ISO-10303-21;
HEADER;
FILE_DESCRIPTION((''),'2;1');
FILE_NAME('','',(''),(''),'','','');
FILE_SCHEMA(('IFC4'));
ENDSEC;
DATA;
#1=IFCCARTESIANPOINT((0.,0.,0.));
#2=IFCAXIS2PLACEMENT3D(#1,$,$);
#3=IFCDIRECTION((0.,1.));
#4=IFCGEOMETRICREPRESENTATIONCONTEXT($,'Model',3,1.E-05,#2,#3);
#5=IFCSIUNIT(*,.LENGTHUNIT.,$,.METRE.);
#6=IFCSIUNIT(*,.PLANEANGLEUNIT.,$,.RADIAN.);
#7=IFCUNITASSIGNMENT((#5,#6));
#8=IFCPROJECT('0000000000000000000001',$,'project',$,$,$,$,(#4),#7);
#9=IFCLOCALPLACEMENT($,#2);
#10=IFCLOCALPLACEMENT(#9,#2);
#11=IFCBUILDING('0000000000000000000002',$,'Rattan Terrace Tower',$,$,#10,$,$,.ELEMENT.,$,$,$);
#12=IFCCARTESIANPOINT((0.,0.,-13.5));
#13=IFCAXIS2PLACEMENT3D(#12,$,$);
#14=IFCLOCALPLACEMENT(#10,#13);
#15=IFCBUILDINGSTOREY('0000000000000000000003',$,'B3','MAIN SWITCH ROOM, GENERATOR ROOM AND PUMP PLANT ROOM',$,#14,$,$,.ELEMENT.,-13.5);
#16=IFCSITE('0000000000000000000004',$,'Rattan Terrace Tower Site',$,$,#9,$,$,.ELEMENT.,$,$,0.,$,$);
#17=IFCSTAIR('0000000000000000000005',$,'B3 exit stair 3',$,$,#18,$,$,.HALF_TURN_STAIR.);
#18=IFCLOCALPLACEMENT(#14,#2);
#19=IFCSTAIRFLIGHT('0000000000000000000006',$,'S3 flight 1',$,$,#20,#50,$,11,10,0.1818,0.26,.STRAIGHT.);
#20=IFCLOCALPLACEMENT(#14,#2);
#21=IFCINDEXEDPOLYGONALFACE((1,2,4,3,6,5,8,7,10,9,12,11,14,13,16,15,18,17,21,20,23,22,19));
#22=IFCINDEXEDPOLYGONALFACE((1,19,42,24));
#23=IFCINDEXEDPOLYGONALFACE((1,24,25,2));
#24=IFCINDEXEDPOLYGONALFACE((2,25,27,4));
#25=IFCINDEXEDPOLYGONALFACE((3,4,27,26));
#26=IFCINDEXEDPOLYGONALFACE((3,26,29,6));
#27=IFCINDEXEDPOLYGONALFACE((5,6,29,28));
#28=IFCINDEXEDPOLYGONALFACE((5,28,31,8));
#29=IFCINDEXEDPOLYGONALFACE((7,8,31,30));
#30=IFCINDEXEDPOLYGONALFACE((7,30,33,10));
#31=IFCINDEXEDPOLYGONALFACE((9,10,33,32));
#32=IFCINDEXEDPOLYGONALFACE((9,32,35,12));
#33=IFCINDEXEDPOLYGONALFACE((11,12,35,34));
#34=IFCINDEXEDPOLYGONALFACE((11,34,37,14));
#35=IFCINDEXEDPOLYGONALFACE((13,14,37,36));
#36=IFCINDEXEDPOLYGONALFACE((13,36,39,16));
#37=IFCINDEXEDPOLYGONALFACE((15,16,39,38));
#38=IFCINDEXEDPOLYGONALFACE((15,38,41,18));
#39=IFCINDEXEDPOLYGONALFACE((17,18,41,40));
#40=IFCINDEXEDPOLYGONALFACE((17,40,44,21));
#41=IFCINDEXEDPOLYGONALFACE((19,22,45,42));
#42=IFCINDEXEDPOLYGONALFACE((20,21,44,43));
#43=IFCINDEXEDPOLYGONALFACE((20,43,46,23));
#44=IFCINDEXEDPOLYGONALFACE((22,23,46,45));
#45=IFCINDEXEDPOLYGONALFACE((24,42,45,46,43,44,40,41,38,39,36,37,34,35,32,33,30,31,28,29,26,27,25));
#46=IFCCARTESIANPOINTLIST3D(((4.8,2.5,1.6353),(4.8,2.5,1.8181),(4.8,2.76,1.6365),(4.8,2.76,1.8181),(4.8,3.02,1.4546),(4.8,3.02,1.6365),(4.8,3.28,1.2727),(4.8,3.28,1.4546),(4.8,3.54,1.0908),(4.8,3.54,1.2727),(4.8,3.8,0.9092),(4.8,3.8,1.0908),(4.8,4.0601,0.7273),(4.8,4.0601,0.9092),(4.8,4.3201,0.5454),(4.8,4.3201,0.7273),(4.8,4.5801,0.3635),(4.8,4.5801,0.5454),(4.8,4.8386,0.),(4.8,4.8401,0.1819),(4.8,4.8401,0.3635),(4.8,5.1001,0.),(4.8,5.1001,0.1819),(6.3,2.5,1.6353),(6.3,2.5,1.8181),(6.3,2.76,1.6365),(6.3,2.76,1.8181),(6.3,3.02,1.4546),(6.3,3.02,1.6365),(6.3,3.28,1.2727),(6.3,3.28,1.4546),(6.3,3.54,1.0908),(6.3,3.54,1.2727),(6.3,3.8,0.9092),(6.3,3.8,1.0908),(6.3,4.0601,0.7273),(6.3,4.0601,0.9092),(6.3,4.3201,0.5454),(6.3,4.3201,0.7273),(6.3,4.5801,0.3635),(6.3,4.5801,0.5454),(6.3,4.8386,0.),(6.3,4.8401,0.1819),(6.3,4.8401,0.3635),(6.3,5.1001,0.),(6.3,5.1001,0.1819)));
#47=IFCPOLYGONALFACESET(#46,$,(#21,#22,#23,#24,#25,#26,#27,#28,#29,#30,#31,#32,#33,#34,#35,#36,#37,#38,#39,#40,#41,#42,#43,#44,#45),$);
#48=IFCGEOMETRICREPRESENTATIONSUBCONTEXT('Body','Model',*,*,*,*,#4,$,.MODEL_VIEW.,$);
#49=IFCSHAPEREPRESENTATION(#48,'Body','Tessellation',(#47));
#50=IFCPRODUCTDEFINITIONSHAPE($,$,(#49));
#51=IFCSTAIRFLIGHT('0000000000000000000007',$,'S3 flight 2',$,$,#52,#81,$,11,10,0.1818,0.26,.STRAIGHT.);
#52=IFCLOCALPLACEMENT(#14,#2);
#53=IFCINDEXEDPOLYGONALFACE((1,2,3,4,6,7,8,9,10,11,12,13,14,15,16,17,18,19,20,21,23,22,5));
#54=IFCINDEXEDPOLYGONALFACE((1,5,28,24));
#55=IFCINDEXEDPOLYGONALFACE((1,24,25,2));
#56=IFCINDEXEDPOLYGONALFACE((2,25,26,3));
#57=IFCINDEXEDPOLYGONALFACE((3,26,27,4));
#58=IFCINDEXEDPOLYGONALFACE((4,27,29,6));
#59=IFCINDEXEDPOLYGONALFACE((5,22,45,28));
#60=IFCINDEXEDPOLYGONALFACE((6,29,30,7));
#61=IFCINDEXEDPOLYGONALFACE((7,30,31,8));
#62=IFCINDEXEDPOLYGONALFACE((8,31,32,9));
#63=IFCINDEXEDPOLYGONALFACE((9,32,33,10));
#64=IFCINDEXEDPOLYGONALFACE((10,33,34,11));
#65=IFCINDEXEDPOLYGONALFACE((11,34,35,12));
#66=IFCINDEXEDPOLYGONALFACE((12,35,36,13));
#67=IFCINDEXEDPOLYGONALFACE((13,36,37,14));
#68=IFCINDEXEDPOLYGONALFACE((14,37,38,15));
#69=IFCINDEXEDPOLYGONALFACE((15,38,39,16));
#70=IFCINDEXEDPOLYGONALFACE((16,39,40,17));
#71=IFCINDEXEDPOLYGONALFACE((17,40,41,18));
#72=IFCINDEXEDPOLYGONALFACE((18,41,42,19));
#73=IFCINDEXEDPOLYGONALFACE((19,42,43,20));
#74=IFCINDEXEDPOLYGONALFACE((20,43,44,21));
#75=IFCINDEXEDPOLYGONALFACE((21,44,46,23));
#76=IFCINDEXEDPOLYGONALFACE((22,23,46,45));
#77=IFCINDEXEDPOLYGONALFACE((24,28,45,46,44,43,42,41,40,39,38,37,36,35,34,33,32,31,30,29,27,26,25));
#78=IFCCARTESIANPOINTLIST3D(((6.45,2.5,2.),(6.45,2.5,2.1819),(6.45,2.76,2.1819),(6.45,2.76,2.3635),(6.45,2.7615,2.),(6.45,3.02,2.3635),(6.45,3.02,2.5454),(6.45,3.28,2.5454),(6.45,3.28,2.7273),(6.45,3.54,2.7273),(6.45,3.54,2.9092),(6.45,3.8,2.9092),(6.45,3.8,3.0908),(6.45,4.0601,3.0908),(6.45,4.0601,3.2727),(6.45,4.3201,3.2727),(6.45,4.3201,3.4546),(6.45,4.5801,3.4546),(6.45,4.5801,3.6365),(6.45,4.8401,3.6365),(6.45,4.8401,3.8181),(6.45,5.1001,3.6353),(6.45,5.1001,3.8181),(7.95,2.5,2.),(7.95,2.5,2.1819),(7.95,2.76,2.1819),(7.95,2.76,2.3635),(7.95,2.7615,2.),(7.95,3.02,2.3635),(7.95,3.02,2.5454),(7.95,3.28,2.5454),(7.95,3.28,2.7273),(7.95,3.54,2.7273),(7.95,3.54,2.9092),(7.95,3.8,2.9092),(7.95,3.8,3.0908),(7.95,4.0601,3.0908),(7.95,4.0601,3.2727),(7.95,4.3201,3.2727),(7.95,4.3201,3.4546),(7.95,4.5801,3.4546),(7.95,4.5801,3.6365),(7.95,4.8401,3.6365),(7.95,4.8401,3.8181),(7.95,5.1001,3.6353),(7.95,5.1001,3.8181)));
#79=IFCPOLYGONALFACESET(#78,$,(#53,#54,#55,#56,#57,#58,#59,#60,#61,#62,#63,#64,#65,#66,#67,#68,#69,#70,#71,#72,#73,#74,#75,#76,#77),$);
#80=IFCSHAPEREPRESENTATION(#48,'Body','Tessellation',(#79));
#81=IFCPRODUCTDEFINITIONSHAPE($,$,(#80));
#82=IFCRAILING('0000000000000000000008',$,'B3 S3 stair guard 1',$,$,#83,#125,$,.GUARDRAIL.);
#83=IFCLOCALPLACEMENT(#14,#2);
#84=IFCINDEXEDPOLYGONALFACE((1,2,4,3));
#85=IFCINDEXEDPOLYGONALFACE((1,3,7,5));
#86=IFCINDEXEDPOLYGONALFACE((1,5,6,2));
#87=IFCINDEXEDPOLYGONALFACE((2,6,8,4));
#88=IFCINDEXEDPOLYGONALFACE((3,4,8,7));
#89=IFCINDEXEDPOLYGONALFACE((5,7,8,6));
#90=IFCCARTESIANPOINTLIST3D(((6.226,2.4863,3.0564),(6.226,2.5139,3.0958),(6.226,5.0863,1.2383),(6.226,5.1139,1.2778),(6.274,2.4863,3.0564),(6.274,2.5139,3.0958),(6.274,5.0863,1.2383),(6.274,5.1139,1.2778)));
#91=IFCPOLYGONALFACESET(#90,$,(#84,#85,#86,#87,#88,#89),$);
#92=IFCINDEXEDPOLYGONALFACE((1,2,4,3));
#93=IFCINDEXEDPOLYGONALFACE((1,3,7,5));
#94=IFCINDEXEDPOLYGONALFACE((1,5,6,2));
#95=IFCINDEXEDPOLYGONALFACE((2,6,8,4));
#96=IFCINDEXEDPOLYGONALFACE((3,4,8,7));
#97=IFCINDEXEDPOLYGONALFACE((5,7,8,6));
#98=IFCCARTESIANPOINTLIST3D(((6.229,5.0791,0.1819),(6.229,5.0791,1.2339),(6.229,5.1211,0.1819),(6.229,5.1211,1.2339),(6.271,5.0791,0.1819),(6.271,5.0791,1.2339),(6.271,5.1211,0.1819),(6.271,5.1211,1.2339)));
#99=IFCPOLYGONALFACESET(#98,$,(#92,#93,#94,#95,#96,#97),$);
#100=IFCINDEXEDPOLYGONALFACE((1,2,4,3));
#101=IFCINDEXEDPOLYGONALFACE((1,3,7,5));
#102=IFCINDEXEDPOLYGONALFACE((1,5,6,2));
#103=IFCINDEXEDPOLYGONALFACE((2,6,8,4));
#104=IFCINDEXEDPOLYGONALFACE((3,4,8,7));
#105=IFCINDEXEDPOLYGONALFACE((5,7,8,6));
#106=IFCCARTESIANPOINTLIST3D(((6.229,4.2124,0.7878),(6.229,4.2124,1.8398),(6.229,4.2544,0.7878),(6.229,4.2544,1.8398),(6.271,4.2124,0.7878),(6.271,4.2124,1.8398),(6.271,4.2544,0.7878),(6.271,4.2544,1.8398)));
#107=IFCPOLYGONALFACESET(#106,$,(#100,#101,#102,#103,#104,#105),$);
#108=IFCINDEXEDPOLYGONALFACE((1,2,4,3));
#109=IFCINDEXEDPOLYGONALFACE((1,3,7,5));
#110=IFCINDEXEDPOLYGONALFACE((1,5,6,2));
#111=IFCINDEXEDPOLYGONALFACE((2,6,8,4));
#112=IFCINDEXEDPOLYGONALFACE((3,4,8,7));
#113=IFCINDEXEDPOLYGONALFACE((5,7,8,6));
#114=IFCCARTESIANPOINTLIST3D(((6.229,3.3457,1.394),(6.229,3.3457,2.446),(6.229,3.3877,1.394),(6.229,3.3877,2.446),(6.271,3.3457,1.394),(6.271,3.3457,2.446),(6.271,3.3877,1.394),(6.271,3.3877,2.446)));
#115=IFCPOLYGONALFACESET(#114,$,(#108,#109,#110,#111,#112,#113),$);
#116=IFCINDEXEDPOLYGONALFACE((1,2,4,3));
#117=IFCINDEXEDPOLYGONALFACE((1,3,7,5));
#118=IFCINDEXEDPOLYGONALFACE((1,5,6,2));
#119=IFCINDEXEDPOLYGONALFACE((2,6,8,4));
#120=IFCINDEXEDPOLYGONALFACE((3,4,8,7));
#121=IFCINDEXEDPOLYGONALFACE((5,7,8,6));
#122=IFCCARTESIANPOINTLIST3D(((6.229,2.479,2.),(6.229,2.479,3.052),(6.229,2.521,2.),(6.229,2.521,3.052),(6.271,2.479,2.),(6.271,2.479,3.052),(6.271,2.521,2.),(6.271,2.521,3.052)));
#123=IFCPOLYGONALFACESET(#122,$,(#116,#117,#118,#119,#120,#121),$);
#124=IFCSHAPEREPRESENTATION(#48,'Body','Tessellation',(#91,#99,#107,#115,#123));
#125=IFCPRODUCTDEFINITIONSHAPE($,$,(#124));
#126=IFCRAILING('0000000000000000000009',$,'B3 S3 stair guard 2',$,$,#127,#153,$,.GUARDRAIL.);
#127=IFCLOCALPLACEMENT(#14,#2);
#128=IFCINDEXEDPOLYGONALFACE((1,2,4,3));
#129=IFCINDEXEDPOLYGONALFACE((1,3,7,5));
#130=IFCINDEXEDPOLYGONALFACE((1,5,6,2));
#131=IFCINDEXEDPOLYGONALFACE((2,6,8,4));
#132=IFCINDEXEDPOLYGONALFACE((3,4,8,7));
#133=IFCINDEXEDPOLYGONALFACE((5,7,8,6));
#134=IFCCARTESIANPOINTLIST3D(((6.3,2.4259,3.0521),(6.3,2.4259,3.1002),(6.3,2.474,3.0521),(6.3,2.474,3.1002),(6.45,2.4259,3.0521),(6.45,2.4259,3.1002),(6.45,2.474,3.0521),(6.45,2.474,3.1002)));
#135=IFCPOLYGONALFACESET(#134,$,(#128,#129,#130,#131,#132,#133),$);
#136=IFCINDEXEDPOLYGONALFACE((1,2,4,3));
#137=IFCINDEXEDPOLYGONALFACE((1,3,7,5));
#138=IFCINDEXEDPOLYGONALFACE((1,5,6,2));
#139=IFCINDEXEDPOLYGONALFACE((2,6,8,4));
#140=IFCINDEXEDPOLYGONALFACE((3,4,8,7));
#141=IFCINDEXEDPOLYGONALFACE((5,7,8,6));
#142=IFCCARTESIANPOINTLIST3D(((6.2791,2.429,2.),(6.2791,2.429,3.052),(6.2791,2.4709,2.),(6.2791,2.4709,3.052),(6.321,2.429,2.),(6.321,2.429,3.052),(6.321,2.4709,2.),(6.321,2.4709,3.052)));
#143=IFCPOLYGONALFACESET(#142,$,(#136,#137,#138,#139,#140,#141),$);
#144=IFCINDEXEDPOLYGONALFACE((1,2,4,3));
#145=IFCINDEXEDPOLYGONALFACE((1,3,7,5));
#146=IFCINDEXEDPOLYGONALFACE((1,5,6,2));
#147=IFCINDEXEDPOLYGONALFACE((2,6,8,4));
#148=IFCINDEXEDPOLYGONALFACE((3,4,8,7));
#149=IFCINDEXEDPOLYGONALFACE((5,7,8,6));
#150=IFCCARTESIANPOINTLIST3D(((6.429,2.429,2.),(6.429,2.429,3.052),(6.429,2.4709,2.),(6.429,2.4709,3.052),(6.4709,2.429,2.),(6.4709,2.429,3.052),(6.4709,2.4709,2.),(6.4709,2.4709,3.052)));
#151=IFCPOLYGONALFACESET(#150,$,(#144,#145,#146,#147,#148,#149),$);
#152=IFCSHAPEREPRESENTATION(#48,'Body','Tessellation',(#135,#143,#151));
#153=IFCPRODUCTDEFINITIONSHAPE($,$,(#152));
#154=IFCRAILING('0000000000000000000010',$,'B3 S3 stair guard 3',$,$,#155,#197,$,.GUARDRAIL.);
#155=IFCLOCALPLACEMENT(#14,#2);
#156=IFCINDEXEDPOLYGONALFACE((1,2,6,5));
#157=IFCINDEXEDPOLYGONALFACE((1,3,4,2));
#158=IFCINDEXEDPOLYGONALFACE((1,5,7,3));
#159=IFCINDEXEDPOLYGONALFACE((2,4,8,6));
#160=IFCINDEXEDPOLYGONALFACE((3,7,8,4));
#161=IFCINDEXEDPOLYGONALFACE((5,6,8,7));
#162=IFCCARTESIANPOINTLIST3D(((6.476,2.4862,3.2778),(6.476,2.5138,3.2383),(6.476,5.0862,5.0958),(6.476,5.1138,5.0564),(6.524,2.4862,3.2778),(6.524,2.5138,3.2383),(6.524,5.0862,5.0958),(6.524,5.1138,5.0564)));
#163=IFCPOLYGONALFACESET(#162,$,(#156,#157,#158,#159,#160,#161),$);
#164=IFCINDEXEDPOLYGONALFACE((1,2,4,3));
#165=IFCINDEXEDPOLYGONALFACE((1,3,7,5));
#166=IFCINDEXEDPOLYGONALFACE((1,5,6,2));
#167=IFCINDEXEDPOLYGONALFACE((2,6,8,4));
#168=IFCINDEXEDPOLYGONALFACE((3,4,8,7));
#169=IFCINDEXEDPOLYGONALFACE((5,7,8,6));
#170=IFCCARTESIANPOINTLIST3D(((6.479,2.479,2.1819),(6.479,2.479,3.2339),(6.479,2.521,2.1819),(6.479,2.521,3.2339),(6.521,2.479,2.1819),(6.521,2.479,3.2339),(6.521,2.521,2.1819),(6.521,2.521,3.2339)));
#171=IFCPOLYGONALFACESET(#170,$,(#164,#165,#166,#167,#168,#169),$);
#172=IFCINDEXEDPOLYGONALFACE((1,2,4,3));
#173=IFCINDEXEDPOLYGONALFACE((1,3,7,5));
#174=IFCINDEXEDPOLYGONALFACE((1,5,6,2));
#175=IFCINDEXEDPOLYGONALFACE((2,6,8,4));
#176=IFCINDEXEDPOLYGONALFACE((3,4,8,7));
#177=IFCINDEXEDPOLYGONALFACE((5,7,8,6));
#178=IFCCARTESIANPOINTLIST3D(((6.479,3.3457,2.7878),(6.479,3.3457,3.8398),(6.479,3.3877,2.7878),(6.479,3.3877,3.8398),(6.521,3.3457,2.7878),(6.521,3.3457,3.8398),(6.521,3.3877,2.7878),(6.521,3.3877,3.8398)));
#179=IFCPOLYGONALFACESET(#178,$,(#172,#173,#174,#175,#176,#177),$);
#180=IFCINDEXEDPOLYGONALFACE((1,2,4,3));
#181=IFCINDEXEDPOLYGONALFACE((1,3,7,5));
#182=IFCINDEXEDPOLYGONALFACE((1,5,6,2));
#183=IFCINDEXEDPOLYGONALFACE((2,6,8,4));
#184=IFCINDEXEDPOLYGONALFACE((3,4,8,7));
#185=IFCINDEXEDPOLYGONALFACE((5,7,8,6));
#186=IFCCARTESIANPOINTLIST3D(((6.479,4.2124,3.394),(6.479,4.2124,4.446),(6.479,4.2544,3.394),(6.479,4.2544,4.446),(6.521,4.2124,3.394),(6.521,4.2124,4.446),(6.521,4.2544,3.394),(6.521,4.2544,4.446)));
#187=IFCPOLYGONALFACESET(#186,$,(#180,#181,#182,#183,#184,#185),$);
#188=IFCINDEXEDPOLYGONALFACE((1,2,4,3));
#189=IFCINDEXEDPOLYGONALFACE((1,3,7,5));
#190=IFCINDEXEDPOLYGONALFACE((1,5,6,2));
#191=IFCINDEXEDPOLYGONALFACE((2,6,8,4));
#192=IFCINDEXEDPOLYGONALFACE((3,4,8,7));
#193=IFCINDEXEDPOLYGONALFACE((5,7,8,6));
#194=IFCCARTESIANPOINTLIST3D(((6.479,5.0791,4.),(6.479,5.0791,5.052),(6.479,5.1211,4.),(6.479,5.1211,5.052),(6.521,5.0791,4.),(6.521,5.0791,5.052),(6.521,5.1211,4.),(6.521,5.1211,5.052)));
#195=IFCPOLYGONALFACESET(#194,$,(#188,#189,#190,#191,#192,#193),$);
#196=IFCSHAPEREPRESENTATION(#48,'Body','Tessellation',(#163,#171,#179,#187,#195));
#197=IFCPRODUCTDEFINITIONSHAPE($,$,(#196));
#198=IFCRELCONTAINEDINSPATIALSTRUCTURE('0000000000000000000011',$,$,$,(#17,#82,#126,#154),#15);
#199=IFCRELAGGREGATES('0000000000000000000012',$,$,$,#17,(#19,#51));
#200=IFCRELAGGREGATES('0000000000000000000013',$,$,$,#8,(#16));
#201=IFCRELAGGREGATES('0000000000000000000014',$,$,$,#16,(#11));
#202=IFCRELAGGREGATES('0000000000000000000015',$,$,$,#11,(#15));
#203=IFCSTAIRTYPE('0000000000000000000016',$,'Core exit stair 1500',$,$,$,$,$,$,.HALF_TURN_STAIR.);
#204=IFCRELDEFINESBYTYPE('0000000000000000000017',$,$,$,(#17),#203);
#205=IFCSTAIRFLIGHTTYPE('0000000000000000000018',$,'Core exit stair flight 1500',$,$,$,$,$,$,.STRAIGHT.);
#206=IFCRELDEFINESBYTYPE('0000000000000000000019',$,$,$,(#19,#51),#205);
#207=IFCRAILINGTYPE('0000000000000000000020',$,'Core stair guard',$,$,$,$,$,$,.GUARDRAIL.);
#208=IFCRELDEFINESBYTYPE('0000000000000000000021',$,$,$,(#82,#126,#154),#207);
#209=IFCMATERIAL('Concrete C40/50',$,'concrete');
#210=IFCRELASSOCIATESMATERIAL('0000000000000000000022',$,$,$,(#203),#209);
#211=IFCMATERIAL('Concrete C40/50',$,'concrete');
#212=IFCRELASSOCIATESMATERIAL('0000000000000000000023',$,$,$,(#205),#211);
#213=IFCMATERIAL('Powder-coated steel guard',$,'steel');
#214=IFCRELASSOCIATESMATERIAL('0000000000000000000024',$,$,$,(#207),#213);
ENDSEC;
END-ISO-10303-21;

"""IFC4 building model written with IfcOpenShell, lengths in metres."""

from ifc_helpers import new_model, si_unit, direction, frame, origin, origin_2d, place, context, subcontext, project, spatial, polyline, rectangle, outline, extrude, material, type_object, element, aggregate, save


model = new_model("IFC4")

# Units and contexts
model_context = context("Model", 3, precision=1e-05, world=origin(), true_north=direction((0.0, 1.0)))
body_context = subcontext(model_context, "Body", "Model", "MODEL_VIEW")
ifc_project = project(units=[si_unit("LENGTHUNIT", "METRE"), si_unit("PLANEANGLEUNIT", "RADIAN")], contexts=[model_context])

# Site, building, storey
site_placement = place(None, origin())
site = spatial("IfcSite", under=ifc_project, at=site_placement, Name="Rattan Terrace Tower Site", CompositionType="ELEMENT", RefElevation=0.0)
building_placement = place(site_placement, origin())
building = spatial("IfcBuilding", under=site, at=building_placement, Name="Rattan Terrace Tower", CompositionType="ELEMENT")
storey_placement = place(building_placement, frame((0.0, 0.0, -13.5)))
storey = spatial("IfcBuildingStorey", under=building, at=storey_placement, Name="B3", Description="MAIN SWITCH ROOM, GENERATOR ROOM AND PUMP PLANT ROOM", CompositionType="ELEMENT", Elevation=-13.5)

# Stair, stair flights
ifc_material_1 = material(Name="Concrete C40/50", Category="concrete")
stair_type = type_object("IfcStairType", Name="Core exit stair 1500", PredefinedType="HALF_TURN_STAIR", material=ifc_material_1)
stair_placement = place(storey_placement, origin())
stair = element("IfcStair", 1, at=stair_placement, inside=storey, type_object=stair_type, Name="B3 exit stair 3", PredefinedType="HALF_TURN_STAIR")
ifc_material_2 = material(Name="Concrete C40/50", Category="concrete")
stair_flight_type = type_object("IfcStairFlightType", Name="Core exit stair flight 1500", PredefinedType="STRAIGHT", material=ifc_material_2)
stair_flight_1_placement = place(storey_placement, frame((5.55, 5.1001, 0.0), z_axis=(0.0, 0.0, 1.0), x_axis=(0.0, -1.0, 0.0)))
stair_flight_1 = element("IfcStairFlight", 2, at=stair_flight_1_placement, type_object=stair_flight_type, Name="S3 flight 1", NumberOfRisers=11, NumberOfTreads=10, PredefinedType="STRAIGHT", RiserHeight=0.1818, TreadLength=0.26, context=body_context, shape_type="SweptSolid", body=[
    extrude(outline(polyline([(0.0, 0.0), (0.0, 0.1819), (0.26, 0.1819), (0.26, 0.3635), (0.52, 0.3635), (0.52, 0.5454), (0.78, 0.5454), (0.78, 0.7273), (1.04, 0.7273), (1.04, 0.9092), (1.3, 0.9092), (1.3, 1.0908), (1.5601, 1.0908), (1.5601, 1.2727), (1.8201, 1.2727), (1.8201, 1.4546), (2.0801, 1.4546), (2.0801, 1.6365), (2.3401, 1.6365), (2.3401, 1.8181), (2.6001, 1.8181), (2.6001, 2.0), (2.6001, 1.6353), (0.2615, 0.0), (0.0, 0.0)])), frame((0.0, 0.75, 0.0), z_axis=(0.0, -1.0, 0.0), x_axis=(1.0, 0.0, 0.0)), (0.0, 0.0, 1.0), 1.5),
])
stair_flight_2_placement = place(storey_placement, frame((7.2, 2.5, 2.0), z_axis=(0.0, 0.0, 1.0), x_axis=(0.0, 1.0, 0.0)))
stair_flight_2 = element("IfcStairFlight", 3, at=stair_flight_2_placement, type_object=stair_flight_type, Name="S3 flight 2", NumberOfRisers=11, NumberOfTreads=10, PredefinedType="STRAIGHT", RiserHeight=0.1818, TreadLength=0.26, context=body_context, shape_type="SweptSolid", body=[
    extrude(outline(polyline([(0.0, 0.0), (0.0, 0.1819), (0.26, 0.1819), (0.26, 0.3635), (0.52, 0.3635), (0.52, 0.5454), (0.78, 0.5454), (0.78, 0.7273), (1.04, 0.7273), (1.04, 0.9092), (1.3, 0.9092), (1.3, 1.0908), (1.5601, 1.0908), (1.5601, 1.2727), (1.8201, 1.2727), (1.8201, 1.4546), (2.0801, 1.4546), (2.0801, 1.6365), (2.3401, 1.6365), (2.3401, 1.8181), (2.6001, 1.8181), (2.6001, 2.0), (2.6001, 1.6353), (0.2615, 0.0), (0.0, 0.0)])), frame((0.0, 0.75, 0.0), z_axis=(0.0, -1.0, 0.0), x_axis=(1.0, 0.0, 0.0)), (0.0, 0.0, 1.0), 1.5),
])
aggregate(stair, [stair_flight_1, stair_flight_2])

# Railings
ifc_material_3 = material(Name="Powder-coated steel guard", Category="steel")
railing_type_1 = type_object("IfcRailingType", Name="Core stair guard", PredefinedType="GUARDRAIL", material=ifc_material_3)
railing_1_placement = place(storey_placement, frame((6.25, 5.1001, 0.1819)))
element("IfcRailing", 4, at=railing_1_placement, inside=storey, type_object=railing_type_1, Name="B3 S3 stair guard 1", PredefinedType="GUARDRAIL", context=body_context, shape_type="SweptSolid", body=[
    extrude(rectangle(XDim=0.0481, YDim=0.0481, at=origin_2d()), frame((0.0, 0.0, 1.0762), z_axis=(0.0, -0.819521, 0.573049), x_axis=(1.0, 0.0, 0.0)), (0.0, 0.0, 1.0), 3.1726),
    extrude(rectangle(XDim=0.042, YDim=0.042, at=origin_2d()), origin(), (0.0, 0.0, 1.0), 1.052),
    extrude(rectangle(XDim=0.042, YDim=0.042, at=origin_2d()), frame((0.0, -0.8667, 0.606)), (0.0, 0.0, 1.0), 1.052),
    extrude(rectangle(XDim=0.042, YDim=0.042, at=origin_2d()), frame((0.0, -1.7334, 1.2122)), (0.0, 0.0, 1.0), 1.052),
    extrude(rectangle(XDim=0.042, YDim=0.042, at=origin_2d()), frame((0.0, -2.6001, 1.8181)), (0.0, 0.0, 1.0), 1.052),
])
railing_2_placement = place(storey_placement, frame((6.3, 2.45, 2.0)))
element("IfcRailing", 5, at=railing_2_placement, inside=storey, type_object=railing_type_1, Name="B3 S3 stair guard 2", PredefinedType="GUARDRAIL", context=body_context, shape_type="SweptSolid", body=[
    extrude(rectangle(XDim=0.0481, YDim=0.0481, at=origin_2d()), frame((0.0, 0.0, 1.0762), z_axis=(1.0, 0.0, 0.0), x_axis=(0.0, 1.0, 0.0)), (0.0, 0.0, 1.0), 0.1499),
    extrude(rectangle(XDim=0.042, YDim=0.042, at=origin_2d()), origin(), (0.0, 0.0, 1.0), 1.052),
    extrude(rectangle(XDim=0.042, YDim=0.042, at=origin_2d()), frame((0.1499, 0.0, 0.0)), (0.0, 0.0, 1.0), 1.052),
])
railing_3_placement = place(storey_placement, frame((6.5, 2.5, 2.1819)))
element("IfcRailing", 6, at=railing_3_placement, inside=storey, type_object=railing_type_1, Name="B3 S3 stair guard 3", PredefinedType="GUARDRAIL", context=body_context, shape_type="SweptSolid", body=[
    extrude(rectangle(XDim=0.0481, YDim=0.0481, at=origin_2d()), frame((0.0, 0.0, 1.0762), z_axis=(0.0, 0.819521, 0.573049), x_axis=(-1.0, 0.0, 0.0)), (0.0, 0.0, 1.0), 3.1726),
    extrude(rectangle(XDim=0.042, YDim=0.042, at=origin_2d()), origin(), (0.0, 0.0, 1.0), 1.052),
    extrude(rectangle(XDim=0.042, YDim=0.042, at=origin_2d()), frame((0.0, 0.8667, 0.606)), (0.0, 0.0, 1.0), 1.052),
    extrude(rectangle(XDim=0.042, YDim=0.042, at=origin_2d()), frame((0.0, 1.7334, 1.2122)), (0.0, 0.0, 1.0), 1.052),
    extrude(rectangle(XDim=0.042, YDim=0.042, at=origin_2d()), frame((0.0, 2.6001, 1.8181)), (0.0, 0.0, 1.0), 1.052),
])

save(model, "model.ifc")
